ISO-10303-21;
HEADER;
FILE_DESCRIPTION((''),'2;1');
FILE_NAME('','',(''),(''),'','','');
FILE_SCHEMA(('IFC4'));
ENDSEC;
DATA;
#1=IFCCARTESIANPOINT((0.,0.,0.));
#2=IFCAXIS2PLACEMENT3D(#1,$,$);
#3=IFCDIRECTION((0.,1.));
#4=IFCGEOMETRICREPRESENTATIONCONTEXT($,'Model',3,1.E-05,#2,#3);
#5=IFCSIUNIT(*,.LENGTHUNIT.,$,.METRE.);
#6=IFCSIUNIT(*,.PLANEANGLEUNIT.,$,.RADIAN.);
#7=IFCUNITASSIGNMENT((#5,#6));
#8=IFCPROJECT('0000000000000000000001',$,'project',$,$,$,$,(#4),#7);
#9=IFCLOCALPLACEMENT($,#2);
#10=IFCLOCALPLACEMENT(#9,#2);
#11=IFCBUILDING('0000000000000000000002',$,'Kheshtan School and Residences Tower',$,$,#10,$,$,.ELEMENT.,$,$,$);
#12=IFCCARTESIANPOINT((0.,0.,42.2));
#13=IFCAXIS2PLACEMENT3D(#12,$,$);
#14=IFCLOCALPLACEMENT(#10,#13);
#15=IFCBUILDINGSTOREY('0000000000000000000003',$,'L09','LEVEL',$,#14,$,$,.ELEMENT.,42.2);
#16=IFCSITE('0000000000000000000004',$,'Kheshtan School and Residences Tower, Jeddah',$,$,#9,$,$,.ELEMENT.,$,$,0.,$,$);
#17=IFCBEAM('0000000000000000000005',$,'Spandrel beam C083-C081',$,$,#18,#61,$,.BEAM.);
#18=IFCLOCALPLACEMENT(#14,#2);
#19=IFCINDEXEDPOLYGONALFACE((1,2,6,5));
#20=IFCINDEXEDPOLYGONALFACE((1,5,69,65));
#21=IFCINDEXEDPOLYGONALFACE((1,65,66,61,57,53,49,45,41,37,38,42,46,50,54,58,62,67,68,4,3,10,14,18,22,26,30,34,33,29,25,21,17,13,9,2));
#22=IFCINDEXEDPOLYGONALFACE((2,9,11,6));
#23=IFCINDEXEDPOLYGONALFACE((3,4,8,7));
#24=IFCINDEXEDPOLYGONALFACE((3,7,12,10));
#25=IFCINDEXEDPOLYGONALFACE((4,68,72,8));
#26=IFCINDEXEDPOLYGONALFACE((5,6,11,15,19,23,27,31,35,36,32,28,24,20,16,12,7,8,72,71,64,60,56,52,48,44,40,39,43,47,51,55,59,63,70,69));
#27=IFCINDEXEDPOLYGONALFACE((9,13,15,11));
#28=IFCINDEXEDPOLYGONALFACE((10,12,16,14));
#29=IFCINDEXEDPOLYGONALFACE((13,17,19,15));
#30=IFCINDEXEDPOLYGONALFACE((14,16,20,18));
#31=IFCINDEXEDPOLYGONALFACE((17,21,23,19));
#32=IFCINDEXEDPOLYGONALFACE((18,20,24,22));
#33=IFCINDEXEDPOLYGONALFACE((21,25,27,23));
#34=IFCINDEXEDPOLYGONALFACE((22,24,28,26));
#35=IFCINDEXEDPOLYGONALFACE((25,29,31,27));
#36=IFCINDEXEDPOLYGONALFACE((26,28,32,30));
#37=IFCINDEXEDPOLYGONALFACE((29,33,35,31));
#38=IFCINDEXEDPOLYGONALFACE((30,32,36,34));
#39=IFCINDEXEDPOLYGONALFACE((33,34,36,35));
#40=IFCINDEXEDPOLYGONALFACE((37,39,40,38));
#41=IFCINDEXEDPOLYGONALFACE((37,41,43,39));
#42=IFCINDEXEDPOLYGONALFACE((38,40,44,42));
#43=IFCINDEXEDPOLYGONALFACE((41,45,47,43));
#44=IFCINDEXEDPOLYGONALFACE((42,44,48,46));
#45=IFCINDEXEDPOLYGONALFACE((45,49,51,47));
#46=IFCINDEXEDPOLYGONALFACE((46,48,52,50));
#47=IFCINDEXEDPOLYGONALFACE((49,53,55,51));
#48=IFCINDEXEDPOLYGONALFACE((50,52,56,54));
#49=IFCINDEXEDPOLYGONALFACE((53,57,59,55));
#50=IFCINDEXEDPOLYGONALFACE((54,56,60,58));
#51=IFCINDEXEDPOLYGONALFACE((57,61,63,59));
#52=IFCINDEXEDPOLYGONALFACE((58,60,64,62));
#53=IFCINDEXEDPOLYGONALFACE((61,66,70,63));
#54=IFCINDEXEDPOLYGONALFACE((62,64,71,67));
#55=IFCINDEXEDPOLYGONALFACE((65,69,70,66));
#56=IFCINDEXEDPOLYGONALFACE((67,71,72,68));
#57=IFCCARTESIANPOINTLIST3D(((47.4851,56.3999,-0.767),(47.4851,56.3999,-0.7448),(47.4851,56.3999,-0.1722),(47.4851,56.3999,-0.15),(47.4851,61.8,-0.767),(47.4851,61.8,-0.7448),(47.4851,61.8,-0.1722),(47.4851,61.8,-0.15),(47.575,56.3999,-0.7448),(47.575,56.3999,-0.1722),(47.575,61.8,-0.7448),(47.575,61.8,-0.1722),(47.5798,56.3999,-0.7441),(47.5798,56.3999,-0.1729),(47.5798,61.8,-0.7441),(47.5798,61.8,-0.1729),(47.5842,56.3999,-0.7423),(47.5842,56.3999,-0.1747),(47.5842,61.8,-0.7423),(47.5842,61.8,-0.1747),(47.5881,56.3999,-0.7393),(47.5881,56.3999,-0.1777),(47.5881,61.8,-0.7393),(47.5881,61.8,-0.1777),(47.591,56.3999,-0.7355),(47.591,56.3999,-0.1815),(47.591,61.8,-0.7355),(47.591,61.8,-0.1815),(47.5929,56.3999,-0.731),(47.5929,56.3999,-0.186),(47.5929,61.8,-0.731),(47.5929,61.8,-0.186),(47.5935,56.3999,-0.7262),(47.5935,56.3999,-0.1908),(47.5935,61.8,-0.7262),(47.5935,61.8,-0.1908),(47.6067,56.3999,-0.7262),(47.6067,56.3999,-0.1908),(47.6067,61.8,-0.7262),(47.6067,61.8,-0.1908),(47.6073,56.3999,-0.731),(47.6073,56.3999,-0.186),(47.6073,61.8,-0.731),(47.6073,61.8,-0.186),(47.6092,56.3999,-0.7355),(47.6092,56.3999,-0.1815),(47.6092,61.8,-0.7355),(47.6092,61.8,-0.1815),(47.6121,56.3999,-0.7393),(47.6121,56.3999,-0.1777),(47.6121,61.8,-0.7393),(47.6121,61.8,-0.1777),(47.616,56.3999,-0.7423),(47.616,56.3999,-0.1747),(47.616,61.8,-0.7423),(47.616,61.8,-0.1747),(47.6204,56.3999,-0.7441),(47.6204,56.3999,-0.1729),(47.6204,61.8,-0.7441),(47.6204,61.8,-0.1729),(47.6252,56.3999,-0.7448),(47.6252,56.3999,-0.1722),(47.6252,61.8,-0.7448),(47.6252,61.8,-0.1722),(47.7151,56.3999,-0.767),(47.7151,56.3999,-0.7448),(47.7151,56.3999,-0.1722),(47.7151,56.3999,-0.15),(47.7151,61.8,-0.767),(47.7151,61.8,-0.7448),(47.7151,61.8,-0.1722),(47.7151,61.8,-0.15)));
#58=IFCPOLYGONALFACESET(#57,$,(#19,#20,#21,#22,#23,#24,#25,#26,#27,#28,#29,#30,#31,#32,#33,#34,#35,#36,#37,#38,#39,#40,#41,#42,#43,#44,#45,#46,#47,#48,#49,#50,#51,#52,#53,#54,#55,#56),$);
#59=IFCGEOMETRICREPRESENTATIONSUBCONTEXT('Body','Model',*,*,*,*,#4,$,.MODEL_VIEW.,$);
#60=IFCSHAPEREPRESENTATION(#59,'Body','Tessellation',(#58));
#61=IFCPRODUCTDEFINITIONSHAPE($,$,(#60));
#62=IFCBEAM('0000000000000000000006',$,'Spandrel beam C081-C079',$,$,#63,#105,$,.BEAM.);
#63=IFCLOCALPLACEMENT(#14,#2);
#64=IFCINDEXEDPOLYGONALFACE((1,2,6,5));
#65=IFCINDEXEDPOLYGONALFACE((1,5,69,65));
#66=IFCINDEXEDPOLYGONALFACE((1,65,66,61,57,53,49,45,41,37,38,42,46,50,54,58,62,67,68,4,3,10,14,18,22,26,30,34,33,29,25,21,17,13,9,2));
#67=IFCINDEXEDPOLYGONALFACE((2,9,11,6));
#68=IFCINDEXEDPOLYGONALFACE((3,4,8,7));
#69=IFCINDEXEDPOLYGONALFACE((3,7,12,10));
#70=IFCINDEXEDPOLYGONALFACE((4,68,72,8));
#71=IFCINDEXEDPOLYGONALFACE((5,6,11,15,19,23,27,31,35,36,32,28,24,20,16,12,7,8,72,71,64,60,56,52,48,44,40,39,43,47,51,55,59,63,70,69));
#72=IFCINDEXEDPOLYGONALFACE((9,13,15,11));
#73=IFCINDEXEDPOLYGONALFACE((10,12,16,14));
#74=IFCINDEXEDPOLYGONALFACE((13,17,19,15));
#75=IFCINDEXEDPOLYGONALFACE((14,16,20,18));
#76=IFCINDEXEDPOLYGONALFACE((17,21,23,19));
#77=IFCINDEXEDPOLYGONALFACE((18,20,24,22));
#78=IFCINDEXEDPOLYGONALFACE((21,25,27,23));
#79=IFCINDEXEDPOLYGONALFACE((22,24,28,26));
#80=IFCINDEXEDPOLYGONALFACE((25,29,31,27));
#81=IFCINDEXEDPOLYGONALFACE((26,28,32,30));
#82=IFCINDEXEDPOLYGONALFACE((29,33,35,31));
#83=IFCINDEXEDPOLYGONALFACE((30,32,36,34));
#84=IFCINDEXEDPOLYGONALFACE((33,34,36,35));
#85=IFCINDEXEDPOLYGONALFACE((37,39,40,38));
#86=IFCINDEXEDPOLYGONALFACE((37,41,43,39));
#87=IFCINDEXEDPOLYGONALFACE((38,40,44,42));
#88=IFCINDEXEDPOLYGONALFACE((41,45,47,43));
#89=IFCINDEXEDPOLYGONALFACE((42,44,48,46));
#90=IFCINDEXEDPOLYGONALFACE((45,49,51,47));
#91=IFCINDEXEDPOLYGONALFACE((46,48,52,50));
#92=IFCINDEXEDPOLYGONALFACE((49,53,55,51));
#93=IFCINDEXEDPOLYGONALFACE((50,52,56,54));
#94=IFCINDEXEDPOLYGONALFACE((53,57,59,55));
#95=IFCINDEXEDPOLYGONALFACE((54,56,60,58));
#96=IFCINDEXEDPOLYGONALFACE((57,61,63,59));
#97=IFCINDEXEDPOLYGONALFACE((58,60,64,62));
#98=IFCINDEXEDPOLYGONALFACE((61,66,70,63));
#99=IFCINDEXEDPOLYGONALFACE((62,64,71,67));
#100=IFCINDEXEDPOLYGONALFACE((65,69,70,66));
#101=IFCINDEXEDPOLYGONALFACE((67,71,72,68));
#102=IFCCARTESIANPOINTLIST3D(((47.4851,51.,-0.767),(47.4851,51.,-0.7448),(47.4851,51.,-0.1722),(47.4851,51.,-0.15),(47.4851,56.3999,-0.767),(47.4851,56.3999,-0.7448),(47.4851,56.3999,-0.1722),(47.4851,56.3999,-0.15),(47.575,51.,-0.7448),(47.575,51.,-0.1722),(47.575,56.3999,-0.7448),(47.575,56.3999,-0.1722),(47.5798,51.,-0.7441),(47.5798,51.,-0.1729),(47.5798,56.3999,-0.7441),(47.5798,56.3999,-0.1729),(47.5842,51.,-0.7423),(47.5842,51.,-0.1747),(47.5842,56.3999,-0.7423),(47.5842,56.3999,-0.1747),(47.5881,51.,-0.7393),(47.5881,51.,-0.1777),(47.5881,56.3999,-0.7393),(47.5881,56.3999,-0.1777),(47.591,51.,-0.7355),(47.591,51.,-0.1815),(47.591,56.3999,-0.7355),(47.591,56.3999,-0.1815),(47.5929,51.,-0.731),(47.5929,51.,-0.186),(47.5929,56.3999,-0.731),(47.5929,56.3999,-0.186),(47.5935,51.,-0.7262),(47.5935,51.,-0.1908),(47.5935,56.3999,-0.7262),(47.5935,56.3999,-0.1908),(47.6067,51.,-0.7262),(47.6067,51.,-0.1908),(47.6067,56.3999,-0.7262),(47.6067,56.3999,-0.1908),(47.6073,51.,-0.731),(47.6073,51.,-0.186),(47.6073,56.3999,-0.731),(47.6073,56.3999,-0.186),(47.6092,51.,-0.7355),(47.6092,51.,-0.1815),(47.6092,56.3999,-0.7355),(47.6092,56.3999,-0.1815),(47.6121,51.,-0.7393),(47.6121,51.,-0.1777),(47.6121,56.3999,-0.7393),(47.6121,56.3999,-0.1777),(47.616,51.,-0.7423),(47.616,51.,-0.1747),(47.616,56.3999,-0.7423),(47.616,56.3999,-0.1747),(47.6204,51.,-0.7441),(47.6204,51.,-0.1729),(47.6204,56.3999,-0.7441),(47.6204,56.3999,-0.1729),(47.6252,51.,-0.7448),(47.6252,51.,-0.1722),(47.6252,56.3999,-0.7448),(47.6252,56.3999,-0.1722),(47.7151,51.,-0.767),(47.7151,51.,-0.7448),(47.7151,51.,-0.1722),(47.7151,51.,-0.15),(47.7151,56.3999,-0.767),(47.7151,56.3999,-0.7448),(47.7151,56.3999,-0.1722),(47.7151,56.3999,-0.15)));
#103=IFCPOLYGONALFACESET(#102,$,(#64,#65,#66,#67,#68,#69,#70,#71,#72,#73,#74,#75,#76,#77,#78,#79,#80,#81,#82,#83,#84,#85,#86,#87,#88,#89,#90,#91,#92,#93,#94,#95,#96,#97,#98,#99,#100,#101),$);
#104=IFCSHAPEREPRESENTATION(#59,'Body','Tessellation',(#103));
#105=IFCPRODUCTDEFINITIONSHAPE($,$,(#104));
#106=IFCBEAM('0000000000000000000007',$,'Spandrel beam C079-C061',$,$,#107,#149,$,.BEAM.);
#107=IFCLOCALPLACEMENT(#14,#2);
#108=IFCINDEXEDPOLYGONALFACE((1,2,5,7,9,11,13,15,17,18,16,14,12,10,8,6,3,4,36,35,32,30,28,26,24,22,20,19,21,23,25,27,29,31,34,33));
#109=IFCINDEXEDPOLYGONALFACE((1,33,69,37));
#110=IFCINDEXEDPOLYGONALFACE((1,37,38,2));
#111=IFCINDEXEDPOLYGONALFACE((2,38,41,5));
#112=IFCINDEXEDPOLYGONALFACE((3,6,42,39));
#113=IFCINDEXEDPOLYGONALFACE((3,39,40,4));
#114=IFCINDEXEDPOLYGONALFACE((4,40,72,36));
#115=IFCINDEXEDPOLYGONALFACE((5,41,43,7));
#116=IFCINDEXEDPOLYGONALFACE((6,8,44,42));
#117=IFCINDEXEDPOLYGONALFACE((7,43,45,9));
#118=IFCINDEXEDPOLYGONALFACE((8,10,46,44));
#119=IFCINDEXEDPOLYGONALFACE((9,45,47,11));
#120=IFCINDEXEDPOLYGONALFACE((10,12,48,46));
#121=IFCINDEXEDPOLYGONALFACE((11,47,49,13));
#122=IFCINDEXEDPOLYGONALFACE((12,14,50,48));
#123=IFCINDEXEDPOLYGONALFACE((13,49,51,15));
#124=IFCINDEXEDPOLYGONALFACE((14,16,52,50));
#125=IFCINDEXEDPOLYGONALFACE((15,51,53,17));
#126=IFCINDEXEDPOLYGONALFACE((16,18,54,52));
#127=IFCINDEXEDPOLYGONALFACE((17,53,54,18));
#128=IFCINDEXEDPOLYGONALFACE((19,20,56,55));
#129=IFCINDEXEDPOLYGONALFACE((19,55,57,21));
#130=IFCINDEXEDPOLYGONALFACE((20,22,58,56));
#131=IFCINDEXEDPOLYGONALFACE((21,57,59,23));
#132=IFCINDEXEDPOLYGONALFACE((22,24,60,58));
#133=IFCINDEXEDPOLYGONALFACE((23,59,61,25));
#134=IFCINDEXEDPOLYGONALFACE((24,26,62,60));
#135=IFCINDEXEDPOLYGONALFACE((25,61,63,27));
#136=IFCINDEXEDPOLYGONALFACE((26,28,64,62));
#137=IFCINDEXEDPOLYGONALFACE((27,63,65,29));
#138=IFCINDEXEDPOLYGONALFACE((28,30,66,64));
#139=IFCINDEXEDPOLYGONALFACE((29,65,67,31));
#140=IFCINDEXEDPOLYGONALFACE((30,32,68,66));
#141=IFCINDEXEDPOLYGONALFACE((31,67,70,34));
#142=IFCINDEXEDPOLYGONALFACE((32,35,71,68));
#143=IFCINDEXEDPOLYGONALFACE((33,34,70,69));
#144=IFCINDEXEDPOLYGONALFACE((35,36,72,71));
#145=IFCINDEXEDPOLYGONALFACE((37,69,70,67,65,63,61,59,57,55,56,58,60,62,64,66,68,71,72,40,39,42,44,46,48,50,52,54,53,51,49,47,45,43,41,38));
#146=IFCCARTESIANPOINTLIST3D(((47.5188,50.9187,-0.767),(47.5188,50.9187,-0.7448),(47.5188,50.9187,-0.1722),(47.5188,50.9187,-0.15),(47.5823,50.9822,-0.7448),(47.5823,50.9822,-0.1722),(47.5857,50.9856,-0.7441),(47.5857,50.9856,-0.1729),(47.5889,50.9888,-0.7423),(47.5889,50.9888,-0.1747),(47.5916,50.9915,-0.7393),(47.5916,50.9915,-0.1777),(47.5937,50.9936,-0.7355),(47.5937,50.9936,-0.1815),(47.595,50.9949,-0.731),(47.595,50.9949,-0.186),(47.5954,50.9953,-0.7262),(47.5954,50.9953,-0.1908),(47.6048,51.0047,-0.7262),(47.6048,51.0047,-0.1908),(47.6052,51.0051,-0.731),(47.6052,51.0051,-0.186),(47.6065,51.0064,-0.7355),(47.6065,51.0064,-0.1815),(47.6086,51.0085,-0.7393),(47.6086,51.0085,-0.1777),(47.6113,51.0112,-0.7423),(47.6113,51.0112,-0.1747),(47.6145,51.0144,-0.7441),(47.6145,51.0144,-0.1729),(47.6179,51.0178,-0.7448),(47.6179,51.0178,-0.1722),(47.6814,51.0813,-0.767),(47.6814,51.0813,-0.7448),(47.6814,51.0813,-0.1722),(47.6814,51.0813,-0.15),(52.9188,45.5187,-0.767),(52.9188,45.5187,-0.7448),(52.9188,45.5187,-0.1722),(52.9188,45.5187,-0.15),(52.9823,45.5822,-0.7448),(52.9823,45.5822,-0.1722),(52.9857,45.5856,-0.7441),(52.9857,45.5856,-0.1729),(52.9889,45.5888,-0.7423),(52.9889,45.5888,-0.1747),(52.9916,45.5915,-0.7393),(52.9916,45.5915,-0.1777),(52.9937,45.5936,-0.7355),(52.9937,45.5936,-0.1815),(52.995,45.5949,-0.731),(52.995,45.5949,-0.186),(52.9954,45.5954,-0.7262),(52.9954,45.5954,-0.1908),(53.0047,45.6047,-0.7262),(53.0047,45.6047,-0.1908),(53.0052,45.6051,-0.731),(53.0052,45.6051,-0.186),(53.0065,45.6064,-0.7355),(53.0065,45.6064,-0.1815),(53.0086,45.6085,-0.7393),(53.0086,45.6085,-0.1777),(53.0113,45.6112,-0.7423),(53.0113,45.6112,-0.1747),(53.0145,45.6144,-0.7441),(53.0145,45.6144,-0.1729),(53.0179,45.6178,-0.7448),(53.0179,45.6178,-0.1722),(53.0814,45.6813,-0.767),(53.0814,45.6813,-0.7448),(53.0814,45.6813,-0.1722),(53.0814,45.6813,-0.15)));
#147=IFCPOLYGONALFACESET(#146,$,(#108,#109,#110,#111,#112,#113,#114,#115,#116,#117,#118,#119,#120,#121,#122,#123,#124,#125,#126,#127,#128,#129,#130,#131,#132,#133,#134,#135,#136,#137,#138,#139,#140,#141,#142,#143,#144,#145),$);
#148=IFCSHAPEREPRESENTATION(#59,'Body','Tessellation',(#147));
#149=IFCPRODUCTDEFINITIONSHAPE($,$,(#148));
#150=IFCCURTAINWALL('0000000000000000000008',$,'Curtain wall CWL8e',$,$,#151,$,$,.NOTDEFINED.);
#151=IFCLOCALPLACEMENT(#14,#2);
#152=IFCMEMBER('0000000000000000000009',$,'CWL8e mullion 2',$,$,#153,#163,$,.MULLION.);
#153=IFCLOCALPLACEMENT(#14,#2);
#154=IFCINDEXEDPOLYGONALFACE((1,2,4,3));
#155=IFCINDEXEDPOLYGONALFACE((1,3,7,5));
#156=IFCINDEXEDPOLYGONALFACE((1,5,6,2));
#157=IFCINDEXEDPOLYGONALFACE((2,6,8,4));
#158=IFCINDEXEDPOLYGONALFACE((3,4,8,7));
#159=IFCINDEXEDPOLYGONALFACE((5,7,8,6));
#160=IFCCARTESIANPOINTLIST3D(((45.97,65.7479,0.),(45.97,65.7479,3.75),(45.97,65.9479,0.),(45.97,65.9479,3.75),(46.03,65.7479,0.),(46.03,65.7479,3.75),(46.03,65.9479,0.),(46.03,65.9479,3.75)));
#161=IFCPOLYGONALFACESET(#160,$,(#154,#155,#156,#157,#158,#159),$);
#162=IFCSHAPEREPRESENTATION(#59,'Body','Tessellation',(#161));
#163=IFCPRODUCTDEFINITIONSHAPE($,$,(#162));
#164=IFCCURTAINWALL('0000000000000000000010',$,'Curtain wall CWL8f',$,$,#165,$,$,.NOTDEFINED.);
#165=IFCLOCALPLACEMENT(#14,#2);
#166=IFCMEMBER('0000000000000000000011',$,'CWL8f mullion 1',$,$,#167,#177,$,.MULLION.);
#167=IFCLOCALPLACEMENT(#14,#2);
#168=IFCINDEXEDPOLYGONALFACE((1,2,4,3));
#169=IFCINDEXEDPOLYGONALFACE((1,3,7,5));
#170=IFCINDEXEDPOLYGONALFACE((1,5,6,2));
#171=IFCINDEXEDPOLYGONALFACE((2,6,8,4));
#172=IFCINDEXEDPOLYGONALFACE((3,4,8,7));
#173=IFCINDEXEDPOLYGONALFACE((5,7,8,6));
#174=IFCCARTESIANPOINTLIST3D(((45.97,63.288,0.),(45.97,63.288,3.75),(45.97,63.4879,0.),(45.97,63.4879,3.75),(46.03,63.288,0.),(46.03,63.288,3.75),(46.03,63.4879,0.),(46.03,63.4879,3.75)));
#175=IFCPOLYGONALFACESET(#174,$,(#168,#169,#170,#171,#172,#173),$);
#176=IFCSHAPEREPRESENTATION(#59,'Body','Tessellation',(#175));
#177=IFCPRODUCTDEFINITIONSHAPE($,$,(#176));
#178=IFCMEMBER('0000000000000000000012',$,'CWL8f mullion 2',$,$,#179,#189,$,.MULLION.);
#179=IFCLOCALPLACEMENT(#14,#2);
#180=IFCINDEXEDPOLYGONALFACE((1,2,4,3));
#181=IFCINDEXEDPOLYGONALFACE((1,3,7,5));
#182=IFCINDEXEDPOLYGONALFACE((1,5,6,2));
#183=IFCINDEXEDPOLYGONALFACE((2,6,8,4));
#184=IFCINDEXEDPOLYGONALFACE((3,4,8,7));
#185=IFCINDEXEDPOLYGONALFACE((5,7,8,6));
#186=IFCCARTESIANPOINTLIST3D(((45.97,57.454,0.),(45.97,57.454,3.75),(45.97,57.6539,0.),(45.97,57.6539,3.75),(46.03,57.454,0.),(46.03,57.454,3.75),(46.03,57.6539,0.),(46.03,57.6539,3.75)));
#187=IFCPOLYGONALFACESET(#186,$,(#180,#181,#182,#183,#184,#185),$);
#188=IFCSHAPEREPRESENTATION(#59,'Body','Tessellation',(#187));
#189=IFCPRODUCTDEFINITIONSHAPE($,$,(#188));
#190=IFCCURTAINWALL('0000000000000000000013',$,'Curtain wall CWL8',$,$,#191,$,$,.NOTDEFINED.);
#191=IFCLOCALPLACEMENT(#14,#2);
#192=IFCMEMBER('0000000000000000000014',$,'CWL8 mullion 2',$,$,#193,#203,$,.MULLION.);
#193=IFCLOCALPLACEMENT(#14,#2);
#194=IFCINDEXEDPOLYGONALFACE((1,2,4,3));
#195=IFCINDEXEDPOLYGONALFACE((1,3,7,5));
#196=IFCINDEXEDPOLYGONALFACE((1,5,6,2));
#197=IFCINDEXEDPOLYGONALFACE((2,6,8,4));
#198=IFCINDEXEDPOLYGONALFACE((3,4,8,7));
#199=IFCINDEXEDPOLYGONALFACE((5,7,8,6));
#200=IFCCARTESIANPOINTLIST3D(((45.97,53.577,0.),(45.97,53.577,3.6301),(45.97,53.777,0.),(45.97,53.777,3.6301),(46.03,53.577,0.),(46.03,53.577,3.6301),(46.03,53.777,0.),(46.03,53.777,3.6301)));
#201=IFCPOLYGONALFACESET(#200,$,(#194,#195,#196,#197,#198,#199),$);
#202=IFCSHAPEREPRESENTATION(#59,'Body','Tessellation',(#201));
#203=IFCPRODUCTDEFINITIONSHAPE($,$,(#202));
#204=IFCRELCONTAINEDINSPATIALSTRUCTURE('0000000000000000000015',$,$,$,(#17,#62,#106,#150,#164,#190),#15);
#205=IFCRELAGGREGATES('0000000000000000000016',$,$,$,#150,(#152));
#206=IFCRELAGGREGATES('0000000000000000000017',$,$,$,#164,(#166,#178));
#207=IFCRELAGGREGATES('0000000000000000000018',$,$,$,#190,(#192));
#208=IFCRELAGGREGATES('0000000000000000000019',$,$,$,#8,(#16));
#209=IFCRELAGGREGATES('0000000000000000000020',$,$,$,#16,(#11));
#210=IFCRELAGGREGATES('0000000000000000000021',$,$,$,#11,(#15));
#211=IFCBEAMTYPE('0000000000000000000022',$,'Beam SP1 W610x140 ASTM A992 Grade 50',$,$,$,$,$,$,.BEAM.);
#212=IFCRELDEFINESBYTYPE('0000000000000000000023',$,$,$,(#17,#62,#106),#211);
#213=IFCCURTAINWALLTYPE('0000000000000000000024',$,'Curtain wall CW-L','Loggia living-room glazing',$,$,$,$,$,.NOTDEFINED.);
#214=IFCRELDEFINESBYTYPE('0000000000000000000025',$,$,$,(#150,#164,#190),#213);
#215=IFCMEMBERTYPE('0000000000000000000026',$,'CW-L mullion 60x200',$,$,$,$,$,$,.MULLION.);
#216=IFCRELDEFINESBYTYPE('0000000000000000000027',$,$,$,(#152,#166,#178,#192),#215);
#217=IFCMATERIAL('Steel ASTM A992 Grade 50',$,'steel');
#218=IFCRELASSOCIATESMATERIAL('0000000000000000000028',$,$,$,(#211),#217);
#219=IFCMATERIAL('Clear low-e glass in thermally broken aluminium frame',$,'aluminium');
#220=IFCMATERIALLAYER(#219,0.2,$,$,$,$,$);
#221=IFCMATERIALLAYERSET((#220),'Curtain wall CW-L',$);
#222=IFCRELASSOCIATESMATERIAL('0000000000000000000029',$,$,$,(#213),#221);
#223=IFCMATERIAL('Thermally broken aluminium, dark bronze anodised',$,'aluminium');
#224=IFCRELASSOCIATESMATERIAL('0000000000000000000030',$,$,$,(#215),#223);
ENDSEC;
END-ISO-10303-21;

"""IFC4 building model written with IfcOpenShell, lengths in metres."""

from ifc_helpers import new_model, si_unit, direction, frame, origin, origin_2d, place, context, subcontext, project, spatial, rectangle, i_section, extrude, material, layer, layer_set, material_profile, profile_set, type_object, element, aggregate, save


model = new_model("IFC4")

# Units and contexts
model_context = context("Model", 3, precision=1e-05, world=origin(), true_north=direction((0.0, 1.0)))
body_context = subcontext(model_context, "Body", "Model", "MODEL_VIEW")
ifc_project = project(units=[si_unit("LENGTHUNIT", "METRE"), si_unit("PLANEANGLEUNIT", "RADIAN")], contexts=[model_context])

# Site, building, storey
site_placement = place(None, origin())
site = spatial("IfcSite", under=ifc_project, at=site_placement, Name="Kheshtan School and Residences Tower, Jeddah", CompositionType="ELEMENT", RefElevation=0.0)
building_placement = place(site_placement, origin())
building = spatial("IfcBuilding", under=site, at=building_placement, Name="Kheshtan School and Residences Tower", CompositionType="ELEMENT")
storey_placement = place(building_placement, frame((0.0, 0.0, 42.2)))
storey = spatial("IfcBuildingStorey", under=building, at=storey_placement, Name="L09", Description="LEVEL", CompositionType="ELEMENT", Elevation=42.2)

# Shared definitions
ifc_material_1 = material(Name="Steel ASTM A992 Grade 50", Category="steel")

# Beams
ifc_material_profile_1 = material_profile(ifc_material_1, i_section(OverallWidth=0.23, OverallDepth=0.6169, WebThickness=0.0132, FlangeThickness=0.0222, FilletRadius=0.0186, at=origin_2d()), Name="W610x140")
ifc_profile_set_1 = profile_set([ifc_material_profile_1], Name="Steel ASTM A992 Grade 50")
beam_type_1 = type_object("IfcBeamType", Name="Beam SP1 W610x140 ASTM A992 Grade 50", PredefinedType="BEAM", material=ifc_profile_set_1)
beam_1_placement = place(storey_placement, frame((47.6001, 61.8, -0.4585), z_axis=(0.0, -1.0, 0.0), x_axis=(1.0, 0.0, 0.0)))
element("IfcBeam", 1, at=beam_1_placement, inside=storey, type_object=beam_type_1, Name="Spandrel beam C083-C081", PredefinedType="BEAM", context=body_context, shape_type="SweptSolid", body=[
    extrude(i_section(OverallWidth=0.23, OverallDepth=0.6169, WebThickness=0.0132, FlangeThickness=0.0222, FilletRadius=0.0186, at=origin_2d()), origin(), (0.0, 0.0, 1.0), 5.4001),
])
beam_2_placement = place(storey_placement, frame((47.6001, 56.3999, -0.4585), z_axis=(0.0, -1.0, 0.0), x_axis=(1.0, 0.0, 0.0)))
element("IfcBeam", 2, at=beam_2_placement, inside=storey, type_object=beam_type_1, Name="Spandrel beam C081-C079", PredefinedType="BEAM", context=body_context, shape_type="SweptSolid", body=[
    extrude(i_section(OverallWidth=0.23, OverallDepth=0.6169, WebThickness=0.0132, FlangeThickness=0.0222, FilletRadius=0.0186, at=origin_2d()), origin(), (0.0, 0.0, 1.0), 5.3999),
])
beam_3_placement = place(storey_placement, frame((47.6001, 51.0, -0.4585), z_axis=(0.707107, -0.707107, 0.0), x_axis=(0.707107, 0.707107, 0.0)))
element("IfcBeam", 3, at=beam_3_placement, inside=storey, type_object=beam_type_1, Name="Spandrel beam C079-C061", PredefinedType="BEAM", context=body_context, shape_type="SweptSolid", body=[
    extrude(i_section(OverallWidth=0.23, OverallDepth=0.6169, WebThickness=0.0132, FlangeThickness=0.0222, FilletRadius=0.0186, at=origin_2d()), origin(), (0.0, 0.0, 1.0), 7.6367),
])

# Curtain wall, member
ifc_material_2 = material(Name="Clear low-e glass in thermally broken aluminium frame", Category="aluminium")
ifc_layer_1 = layer(ifc_material_2, 0.2)
ifc_layer_set_1 = layer_set([ifc_layer_1], Name="Curtain wall CW-L")
curtain_wall_type = type_object("IfcCurtainWallType", Name="Curtain wall CW-L", Description="Loggia living-room glazing", PredefinedType="NOTDEFINED", material=ifc_layer_set_1)
curtain_wall_1_placement = place(storey_placement, origin())
curtain_wall_1 = element("IfcCurtainWall", 4, at=curtain_wall_1_placement, inside=storey, type_object=curtain_wall_type, Name="Curtain wall CWL8e", PredefinedType="NOTDEFINED")
ifc_material_3 = material(Name="Thermally broken aluminium, dark bronze anodised", Category="aluminium")
ifc_material_profile_2 = material_profile(ifc_material_3, rectangle(XDim=0.0601, YDim=0.2, at=origin_2d()), Name="CW-L mullion 60x200")
ifc_profile_set_2 = profile_set([ifc_material_profile_2], Name="Thermally broken aluminium, dark bronze anodised")
member_type_1 = type_object("IfcMemberType", Name="CW-L mullion 60x200", PredefinedType="MULLION", material=ifc_profile_set_2)
member_1_placement = place(storey_placement, frame((46.0, 65.8479, 0.0), z_axis=(0.0, 0.0, 1.0), x_axis=(1.0, 0.0, 0.0)))
member_1 = element("IfcMember", 5, at=member_1_placement, type_object=member_type_1, Name="CWL8e mullion 2", PredefinedType="MULLION", context=body_context, shape_type="SweptSolid", body=[
    extrude(rectangle(XDim=0.0601, YDim=0.2, at=origin_2d()), origin(), (0.0, 0.0, 1.0), 3.75),
])
aggregate(curtain_wall_1, [member_1])

# Curtain walls, members
curtain_wall_2_placement = place(storey_placement, origin())
curtain_wall_2 = element("IfcCurtainWall", 6, at=curtain_wall_2_placement, inside=storey, type_object=curtain_wall_type, Name="Curtain wall CWL8f", PredefinedType="NOTDEFINED")
member_2_placement = place(storey_placement, frame((46.0, 63.3879, 0.0), z_axis=(0.0, 0.0, 1.0), x_axis=(1.0, 0.0, 0.0)))
member_2 = element("IfcMember", 7, at=member_2_placement, type_object=member_type_1, Name="CWL8f mullion 1", PredefinedType="MULLION", context=body_context, shape_type="SweptSolid", body=[
    extrude(rectangle(XDim=0.0601, YDim=0.2, at=origin_2d()), origin(), (0.0, 0.0, 1.0), 3.75),
])
member_3_placement = place(storey_placement, frame((46.0, 57.554, 0.0), z_axis=(0.0, 0.0, 1.0), x_axis=(1.0, 0.0, 0.0)))
member_3 = element("IfcMember", 8, at=member_3_placement, type_object=member_type_1, Name="CWL8f mullion 2", PredefinedType="MULLION", context=body_context, shape_type="SweptSolid", body=[
    extrude(rectangle(XDim=0.0601, YDim=0.2, at=origin_2d()), origin(), (0.0, 0.0, 1.0), 3.75),
])
curtain_wall_3_placement = place(storey_placement, origin())
curtain_wall_3 = element("IfcCurtainWall", 9, at=curtain_wall_3_placement, inside=storey, type_object=curtain_wall_type, Name="Curtain wall CWL8", PredefinedType="NOTDEFINED")
member_4_placement = place(storey_placement, frame((46.0, 53.677, 0.0), z_axis=(0.0, 0.0, 1.0), x_axis=(1.0, 0.0, 0.0)))
member_4 = element("IfcMember", 10, at=member_4_placement, type_object=member_type_1, Name="CWL8 mullion 2", PredefinedType="MULLION", context=body_context, shape_type="SweptSolid", body=[
    extrude(rectangle(XDim=0.0601, YDim=0.2, at=origin_2d()), origin(), (0.0, 0.0, 1.0), 3.6301),
])

aggregate(curtain_wall_2, [member_2, member_3])
aggregate(curtain_wall_3, [member_4])

save(model, "model.ifc")
